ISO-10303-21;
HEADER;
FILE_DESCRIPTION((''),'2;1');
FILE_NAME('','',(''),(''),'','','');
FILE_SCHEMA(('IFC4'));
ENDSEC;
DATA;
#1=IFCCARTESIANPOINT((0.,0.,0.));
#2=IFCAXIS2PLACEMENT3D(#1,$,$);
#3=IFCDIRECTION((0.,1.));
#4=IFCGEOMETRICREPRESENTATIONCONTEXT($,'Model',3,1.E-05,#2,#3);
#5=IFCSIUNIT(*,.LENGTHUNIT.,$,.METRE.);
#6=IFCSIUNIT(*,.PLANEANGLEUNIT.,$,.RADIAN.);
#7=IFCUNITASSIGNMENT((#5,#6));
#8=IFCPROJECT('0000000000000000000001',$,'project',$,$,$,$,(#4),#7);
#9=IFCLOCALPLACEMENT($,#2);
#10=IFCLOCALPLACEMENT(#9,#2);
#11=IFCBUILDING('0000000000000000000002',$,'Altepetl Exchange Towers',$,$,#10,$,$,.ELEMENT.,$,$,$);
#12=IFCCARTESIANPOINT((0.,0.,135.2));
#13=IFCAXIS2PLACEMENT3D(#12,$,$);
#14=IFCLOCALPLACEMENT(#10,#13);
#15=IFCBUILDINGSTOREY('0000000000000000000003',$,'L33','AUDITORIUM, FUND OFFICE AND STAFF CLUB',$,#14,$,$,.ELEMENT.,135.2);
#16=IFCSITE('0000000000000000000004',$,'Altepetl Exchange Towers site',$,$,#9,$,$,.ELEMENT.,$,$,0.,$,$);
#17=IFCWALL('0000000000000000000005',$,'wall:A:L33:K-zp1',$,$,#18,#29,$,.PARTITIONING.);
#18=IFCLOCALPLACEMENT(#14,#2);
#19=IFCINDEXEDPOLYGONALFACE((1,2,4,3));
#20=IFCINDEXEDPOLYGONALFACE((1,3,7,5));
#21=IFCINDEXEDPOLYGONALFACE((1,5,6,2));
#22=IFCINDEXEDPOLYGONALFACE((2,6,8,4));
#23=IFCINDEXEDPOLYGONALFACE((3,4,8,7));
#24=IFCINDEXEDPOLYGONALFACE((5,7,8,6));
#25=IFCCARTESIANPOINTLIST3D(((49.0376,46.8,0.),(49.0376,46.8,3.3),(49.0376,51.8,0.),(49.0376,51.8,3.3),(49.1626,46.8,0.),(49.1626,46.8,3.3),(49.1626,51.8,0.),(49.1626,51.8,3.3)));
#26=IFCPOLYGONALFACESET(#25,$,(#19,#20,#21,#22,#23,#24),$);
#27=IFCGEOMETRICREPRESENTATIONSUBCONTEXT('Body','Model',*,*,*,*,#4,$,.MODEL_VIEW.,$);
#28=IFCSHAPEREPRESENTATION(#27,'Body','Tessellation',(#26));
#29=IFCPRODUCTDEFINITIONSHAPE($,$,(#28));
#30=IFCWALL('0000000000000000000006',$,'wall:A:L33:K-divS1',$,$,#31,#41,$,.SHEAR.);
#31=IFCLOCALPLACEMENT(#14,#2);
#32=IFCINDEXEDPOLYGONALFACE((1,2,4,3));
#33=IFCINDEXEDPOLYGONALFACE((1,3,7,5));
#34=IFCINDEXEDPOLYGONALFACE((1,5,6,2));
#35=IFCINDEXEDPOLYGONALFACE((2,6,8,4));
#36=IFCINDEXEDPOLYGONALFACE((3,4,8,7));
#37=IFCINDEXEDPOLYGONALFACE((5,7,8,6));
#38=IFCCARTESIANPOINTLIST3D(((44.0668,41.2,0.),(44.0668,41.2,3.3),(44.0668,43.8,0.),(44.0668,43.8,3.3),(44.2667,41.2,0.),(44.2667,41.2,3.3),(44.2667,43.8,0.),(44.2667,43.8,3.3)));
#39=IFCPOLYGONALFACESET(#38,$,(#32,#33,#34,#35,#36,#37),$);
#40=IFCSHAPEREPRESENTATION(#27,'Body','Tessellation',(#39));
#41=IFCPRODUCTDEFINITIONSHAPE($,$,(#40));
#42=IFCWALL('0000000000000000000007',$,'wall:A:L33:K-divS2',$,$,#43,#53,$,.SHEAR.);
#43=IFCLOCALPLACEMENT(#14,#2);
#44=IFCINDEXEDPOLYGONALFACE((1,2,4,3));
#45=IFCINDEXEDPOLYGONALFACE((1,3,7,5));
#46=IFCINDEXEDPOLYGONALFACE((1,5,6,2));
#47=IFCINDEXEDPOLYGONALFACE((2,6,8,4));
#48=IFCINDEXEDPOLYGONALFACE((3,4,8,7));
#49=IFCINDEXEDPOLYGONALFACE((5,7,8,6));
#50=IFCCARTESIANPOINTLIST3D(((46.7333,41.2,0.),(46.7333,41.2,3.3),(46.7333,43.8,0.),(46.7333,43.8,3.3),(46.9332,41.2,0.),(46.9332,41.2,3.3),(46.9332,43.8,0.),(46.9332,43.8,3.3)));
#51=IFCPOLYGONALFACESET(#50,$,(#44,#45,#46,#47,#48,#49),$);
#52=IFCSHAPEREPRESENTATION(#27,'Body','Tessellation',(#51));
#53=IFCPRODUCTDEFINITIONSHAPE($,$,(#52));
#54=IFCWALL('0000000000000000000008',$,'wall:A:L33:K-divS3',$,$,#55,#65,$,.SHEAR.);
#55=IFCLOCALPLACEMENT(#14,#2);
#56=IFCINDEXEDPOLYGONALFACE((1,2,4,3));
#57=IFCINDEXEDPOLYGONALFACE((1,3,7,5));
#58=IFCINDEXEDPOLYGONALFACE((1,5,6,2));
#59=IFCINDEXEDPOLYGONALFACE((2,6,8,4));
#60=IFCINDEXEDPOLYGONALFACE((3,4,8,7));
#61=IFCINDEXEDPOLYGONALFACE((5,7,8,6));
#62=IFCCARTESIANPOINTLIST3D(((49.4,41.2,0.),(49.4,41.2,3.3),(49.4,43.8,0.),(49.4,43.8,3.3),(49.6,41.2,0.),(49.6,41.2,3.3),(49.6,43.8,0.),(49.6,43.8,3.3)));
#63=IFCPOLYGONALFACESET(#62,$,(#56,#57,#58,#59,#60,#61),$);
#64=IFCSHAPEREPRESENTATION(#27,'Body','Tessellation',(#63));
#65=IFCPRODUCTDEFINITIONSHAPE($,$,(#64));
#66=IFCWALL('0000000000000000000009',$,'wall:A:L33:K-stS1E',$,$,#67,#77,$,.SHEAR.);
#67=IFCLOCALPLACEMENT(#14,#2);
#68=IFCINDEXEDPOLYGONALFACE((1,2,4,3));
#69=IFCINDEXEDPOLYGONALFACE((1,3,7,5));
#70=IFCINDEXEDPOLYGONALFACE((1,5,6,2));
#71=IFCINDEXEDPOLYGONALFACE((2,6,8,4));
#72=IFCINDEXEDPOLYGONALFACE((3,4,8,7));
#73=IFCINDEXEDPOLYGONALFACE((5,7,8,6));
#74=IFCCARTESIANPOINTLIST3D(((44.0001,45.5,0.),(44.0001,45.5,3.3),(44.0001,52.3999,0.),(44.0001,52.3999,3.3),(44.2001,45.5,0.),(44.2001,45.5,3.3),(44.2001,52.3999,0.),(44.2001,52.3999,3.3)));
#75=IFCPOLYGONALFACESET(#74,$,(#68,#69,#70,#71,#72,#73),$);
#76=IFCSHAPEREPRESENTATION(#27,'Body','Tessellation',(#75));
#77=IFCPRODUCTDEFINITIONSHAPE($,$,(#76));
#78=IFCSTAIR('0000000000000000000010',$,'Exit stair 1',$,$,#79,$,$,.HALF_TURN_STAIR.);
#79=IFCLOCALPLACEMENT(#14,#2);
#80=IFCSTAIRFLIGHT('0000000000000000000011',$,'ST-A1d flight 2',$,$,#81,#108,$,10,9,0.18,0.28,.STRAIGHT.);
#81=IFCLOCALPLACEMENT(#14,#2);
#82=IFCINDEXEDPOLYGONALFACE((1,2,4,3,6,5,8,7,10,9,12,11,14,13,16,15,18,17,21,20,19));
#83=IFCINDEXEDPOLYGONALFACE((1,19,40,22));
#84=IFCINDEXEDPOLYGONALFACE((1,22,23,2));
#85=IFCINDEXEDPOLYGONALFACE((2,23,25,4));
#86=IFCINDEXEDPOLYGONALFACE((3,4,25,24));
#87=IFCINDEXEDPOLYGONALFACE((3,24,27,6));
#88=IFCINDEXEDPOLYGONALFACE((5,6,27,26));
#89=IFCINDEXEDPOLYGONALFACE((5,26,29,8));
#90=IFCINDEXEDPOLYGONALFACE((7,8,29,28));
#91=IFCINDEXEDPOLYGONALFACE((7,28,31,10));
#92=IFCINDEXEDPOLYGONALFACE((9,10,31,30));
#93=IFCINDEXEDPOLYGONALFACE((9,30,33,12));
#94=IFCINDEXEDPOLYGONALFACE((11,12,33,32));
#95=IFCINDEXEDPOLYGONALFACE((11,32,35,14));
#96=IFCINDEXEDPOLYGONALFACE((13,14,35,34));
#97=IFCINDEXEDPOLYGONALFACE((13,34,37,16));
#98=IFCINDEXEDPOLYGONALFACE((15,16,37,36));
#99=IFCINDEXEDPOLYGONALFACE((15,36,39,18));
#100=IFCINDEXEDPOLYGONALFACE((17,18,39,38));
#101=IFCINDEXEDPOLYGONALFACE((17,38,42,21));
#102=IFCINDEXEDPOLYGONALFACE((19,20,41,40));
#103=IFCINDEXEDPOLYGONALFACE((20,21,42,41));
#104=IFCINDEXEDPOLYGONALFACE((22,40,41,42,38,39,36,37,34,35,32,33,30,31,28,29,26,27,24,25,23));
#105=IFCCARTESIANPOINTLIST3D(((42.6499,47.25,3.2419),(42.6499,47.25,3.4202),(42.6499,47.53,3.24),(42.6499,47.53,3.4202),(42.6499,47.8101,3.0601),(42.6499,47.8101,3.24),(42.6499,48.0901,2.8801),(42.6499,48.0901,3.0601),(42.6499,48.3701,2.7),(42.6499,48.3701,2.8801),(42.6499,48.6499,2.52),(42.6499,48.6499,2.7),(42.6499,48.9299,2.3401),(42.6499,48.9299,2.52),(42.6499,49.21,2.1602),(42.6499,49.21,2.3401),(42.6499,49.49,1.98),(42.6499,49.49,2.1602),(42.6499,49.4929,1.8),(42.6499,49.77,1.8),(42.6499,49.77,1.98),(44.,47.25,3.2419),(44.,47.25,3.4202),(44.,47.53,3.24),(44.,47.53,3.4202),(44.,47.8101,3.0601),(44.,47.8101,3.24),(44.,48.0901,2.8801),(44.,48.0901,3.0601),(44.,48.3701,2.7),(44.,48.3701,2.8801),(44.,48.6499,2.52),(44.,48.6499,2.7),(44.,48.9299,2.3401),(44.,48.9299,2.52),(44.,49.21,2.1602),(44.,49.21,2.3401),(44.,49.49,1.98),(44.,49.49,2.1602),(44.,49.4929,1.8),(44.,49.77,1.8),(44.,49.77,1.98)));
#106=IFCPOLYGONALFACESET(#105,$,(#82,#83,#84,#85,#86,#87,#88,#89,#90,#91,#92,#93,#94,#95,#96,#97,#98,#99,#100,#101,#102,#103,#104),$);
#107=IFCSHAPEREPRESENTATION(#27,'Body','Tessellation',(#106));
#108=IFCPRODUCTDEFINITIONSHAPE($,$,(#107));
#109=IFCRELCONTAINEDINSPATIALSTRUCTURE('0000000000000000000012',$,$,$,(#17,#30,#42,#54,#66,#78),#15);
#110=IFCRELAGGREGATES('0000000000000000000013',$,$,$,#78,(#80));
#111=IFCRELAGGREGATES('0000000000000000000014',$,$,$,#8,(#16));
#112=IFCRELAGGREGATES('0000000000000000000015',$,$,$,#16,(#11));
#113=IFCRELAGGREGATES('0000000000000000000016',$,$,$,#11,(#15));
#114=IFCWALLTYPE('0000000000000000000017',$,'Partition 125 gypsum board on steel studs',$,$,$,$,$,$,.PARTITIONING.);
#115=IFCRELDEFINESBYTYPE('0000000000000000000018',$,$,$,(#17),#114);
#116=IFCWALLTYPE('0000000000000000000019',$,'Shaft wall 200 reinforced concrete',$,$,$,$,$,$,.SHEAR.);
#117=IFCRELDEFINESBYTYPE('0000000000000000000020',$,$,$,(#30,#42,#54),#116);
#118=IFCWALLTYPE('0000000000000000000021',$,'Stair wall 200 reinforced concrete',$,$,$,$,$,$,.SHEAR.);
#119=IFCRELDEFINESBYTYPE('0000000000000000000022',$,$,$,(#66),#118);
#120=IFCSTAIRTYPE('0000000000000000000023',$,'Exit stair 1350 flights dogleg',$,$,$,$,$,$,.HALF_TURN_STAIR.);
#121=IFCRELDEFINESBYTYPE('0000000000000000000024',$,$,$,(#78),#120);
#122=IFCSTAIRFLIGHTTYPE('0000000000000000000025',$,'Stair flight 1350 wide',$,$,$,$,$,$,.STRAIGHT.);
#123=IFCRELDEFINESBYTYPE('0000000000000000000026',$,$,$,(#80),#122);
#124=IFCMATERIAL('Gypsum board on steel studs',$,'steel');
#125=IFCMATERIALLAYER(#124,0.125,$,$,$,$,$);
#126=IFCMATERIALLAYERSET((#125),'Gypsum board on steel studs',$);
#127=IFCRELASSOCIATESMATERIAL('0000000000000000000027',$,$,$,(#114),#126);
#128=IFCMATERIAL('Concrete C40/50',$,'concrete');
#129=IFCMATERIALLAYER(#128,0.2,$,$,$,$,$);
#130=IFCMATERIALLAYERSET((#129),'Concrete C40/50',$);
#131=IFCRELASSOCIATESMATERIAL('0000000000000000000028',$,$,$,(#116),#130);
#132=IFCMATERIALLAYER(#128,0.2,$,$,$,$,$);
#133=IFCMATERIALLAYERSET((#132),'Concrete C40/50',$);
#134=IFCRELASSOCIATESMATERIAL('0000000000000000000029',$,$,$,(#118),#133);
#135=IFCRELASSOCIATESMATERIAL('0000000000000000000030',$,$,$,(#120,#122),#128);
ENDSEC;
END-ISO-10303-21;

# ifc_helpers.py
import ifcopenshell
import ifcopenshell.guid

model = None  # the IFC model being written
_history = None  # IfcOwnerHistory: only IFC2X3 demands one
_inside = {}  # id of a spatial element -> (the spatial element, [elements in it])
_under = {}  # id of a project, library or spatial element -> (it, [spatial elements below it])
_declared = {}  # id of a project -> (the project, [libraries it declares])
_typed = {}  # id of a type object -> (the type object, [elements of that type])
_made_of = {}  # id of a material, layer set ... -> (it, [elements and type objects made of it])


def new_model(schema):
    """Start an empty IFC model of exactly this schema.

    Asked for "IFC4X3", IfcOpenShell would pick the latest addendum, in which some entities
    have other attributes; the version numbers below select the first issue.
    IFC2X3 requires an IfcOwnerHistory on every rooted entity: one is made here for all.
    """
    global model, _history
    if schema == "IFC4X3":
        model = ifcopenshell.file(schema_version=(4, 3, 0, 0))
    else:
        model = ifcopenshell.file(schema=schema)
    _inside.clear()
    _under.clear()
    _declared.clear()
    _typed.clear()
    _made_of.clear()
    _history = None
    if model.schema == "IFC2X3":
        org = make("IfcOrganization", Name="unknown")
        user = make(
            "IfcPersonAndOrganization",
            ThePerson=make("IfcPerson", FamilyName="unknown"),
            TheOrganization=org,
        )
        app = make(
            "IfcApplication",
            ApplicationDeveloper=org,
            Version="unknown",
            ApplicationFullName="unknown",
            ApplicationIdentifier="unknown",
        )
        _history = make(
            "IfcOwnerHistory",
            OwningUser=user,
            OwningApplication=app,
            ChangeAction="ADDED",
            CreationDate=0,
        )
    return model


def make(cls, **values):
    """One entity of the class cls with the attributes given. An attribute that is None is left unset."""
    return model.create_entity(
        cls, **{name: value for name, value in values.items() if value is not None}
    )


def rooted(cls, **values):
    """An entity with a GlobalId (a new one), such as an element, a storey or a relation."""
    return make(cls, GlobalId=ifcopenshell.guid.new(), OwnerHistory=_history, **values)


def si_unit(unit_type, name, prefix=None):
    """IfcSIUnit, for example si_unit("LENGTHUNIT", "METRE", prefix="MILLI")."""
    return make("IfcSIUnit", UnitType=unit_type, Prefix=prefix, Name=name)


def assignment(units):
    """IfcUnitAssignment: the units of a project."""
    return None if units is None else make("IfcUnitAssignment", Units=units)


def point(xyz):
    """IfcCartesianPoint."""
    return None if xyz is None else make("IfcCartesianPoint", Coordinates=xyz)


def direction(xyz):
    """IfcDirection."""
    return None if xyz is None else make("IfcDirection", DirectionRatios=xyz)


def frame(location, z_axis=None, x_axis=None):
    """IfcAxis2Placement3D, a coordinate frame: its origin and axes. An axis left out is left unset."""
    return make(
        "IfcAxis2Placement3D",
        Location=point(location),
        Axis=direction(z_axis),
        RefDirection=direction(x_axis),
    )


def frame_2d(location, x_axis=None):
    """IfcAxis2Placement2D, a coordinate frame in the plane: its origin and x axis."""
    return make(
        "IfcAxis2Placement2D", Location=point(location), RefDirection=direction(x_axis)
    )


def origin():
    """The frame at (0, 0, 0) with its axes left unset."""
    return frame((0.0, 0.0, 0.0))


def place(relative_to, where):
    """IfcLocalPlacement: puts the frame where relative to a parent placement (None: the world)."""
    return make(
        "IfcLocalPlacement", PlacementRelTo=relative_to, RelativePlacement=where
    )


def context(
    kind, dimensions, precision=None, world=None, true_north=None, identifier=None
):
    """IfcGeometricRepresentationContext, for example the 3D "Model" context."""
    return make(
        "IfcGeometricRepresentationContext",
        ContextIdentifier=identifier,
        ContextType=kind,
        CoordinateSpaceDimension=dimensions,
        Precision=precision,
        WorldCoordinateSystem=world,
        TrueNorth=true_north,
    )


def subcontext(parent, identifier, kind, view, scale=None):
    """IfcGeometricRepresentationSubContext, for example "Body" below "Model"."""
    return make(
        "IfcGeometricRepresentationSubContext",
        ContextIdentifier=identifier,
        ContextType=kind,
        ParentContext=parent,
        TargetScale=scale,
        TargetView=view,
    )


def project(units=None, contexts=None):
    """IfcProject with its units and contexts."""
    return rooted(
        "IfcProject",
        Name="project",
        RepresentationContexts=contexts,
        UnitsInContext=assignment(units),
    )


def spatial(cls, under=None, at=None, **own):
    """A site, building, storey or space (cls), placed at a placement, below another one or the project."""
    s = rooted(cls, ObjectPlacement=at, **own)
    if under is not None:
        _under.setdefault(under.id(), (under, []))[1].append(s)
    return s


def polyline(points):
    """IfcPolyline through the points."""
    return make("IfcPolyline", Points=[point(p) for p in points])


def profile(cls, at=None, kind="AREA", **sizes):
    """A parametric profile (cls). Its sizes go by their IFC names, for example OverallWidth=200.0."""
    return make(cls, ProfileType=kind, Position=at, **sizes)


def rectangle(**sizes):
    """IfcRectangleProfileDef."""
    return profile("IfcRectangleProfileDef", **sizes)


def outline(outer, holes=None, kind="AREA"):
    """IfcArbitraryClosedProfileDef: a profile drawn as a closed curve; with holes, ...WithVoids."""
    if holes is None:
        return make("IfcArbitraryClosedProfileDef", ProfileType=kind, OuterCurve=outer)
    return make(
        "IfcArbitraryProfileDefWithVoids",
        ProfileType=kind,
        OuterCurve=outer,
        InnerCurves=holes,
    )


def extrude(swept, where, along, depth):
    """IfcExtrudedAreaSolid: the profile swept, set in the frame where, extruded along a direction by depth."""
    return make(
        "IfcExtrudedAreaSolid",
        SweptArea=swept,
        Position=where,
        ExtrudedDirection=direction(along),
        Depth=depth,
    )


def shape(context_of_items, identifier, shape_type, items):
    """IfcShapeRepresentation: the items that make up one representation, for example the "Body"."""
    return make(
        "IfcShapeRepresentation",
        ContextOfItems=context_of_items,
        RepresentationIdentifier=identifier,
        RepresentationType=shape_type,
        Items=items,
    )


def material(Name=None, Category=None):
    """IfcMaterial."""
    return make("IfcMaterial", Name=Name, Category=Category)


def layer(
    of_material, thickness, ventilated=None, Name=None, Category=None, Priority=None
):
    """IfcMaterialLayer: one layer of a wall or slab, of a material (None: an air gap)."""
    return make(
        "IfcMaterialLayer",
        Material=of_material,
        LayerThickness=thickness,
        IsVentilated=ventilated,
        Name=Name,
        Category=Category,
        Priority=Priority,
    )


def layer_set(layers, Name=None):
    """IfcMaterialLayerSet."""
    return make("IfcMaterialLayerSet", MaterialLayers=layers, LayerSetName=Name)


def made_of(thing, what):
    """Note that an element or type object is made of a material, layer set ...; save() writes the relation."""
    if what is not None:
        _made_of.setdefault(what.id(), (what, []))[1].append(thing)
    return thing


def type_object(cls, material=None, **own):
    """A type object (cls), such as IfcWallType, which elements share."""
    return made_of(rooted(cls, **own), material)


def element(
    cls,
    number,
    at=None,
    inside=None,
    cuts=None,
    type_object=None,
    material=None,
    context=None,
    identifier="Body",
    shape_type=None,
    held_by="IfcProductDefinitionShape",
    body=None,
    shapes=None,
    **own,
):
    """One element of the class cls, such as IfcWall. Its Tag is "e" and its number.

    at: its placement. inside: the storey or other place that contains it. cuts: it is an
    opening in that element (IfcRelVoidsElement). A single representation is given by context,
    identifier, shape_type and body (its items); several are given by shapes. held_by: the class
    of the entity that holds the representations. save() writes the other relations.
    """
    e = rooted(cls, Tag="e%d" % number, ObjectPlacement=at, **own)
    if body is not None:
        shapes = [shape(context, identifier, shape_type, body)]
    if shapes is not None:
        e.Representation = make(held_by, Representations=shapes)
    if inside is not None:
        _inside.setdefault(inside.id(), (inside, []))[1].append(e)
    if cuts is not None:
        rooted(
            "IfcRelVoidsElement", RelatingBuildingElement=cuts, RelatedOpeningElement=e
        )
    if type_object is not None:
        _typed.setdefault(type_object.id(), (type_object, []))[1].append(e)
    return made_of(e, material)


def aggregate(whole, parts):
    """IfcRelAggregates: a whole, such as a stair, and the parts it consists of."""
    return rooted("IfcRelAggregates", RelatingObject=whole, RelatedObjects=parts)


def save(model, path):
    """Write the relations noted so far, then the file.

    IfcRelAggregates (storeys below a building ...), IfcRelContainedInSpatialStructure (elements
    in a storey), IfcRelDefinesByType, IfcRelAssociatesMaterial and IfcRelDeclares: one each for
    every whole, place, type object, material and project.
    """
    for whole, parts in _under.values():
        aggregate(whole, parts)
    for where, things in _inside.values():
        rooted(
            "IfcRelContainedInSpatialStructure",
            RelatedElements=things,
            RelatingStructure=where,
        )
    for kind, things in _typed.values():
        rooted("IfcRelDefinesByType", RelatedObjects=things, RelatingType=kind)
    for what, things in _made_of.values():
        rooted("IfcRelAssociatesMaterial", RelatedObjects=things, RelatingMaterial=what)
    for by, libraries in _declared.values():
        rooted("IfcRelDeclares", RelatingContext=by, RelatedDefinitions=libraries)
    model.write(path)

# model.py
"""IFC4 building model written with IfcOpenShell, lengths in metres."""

from ifc_helpers import new_model, si_unit, direction, frame, frame_2d, origin, place, context, subcontext, project, spatial, polyline, rectangle, outline, extrude, material, layer, layer_set, type_object, element, aggregate, save


model = new_model("IFC4")

# Units and contexts
model_context = context("Model", 3, precision=1e-05, world=origin(), true_north=direction((0.0, 1.0)))
body_context = subcontext(model_context, "Body", "Model", "MODEL_VIEW")
ifc_project = project(units=[si_unit("LENGTHUNIT", "METRE"), si_unit("PLANEANGLEUNIT", "RADIAN")], contexts=[model_context])

# Site, building, storey
site_placement = place(None, origin())
site = spatial("IfcSite", under=ifc_project, at=site_placement, Name="Altepetl Exchange Towers site", CompositionType="ELEMENT", RefElevation=0.0)
building_placement = place(site_placement, origin())
building = spatial("IfcBuilding", under=site, at=building_placement, Name="Altepetl Exchange Towers", CompositionType="ELEMENT")
storey_placement = place(building_placement, frame((0.0, 0.0, 135.2)))
storey = spatial("IfcBuildingStorey", under=building, at=storey_placement, Name="L33", Description="AUDITORIUM, FUND OFFICE AND STAFF CLUB", CompositionType="ELEMENT", Elevation=135.2)

# Walls
ifc_material_1 = material(Name="Gypsum board on steel studs", Category="steel")
ifc_layer_1 = layer(ifc_material_1, 0.125)
ifc_layer_set_1 = layer_set([ifc_layer_1], Name="Gypsum board on steel studs")
wall_type_1 = type_object("IfcWallType", Name="Partition 125 gypsum board on steel studs", PredefinedType="PARTITIONING", material=ifc_layer_set_1)
wall_1_placement = place(storey_placement, frame((49.1001, 46.8, 0.0), z_axis=(0.0, 0.0, 1.0), x_axis=(0.0, 1.0, 0.0)))
element("IfcWall", 1, at=wall_1_placement, inside=storey, type_object=wall_type_1, Name="wall:A:L33:K-zp1", PredefinedType="PARTITIONING", context=body_context, shape_type="SweptSolid", body=[
    extrude(rectangle(XDim=5.0, YDim=0.125, at=frame_2d((2.5, 0.0))), origin(), (0.0, 0.0, 1.0), 3.3),
])
ifc_material_2 = material(Name="Concrete C40/50", Category="concrete")
ifc_layer_2 = layer(ifc_material_2, 0.2)
ifc_layer_set_2 = layer_set([ifc_layer_2], Name="Concrete C40/50")
wall_type_2 = type_object("IfcWallType", Name="Shaft wall 200 reinforced concrete", PredefinedType="SHEAR", material=ifc_layer_set_2)
for number, where, z_axis, x_axis, name in (
    (2, (44.1667, 41.2, 0.0), (0.0, 0.0, 1.0), (0.0, 1.0, 0.0), "wall:A:L33:K-divS1"),
    (3, (46.8333, 41.2, 0.0), (0.0, 0.0, 1.0), (0.0, 1.0, 0.0), "wall:A:L33:K-divS2"),
    (4, (49.5, 41.2, 0.0), (0.0, 0.0, 1.0), (0.0, 1.0, 0.0), "wall:A:L33:K-divS3"),
):
    element("IfcWall", number, at=place(storey_placement, frame(where, z_axis=z_axis, x_axis=x_axis)), inside=storey, type_object=wall_type_2, Name=name, PredefinedType="SHEAR", context=body_context, shape_type="SweptSolid", body=[
        extrude(rectangle(XDim=2.6001, YDim=0.2, at=frame_2d((1.3, 0.0))), origin(), (0.0, 0.0, 1.0), 3.3),
    ])
ifc_layer_3 = layer(ifc_material_2, 0.2)
ifc_layer_set_3 = layer_set([ifc_layer_3], Name="Concrete C40/50")
wall_type_3 = type_object("IfcWallType", Name="Stair wall 200 reinforced concrete", PredefinedType="SHEAR", material=ifc_layer_set_3)
wall_2_placement = place(storey_placement, frame((44.1001, 45.5, 0.0), z_axis=(0.0, 0.0, 1.0), x_axis=(0.0, 1.0, 0.0)))
element("IfcWall", 5, at=wall_2_placement, inside=storey, type_object=wall_type_3, Name="wall:A:L33:K-stS1E", PredefinedType="SHEAR", context=body_context, shape_type="SweptSolid", body=[
    extrude(rectangle(XDim=6.8999, YDim=0.2, at=frame_2d((3.45, 0.0))), origin(), (0.0, 0.0, 1.0), 3.3),
])

# Stair, stair flight
stair_type = type_object("IfcStairType", Name="Exit stair 1350 flights dogleg", PredefinedType="HALF_TURN_STAIR", material=ifc_material_2)
stair_placement = place(storey_placement, origin())
stair = element("IfcStair", 6, at=stair_placement, inside=storey, type_object=stair_type, Name="Exit stair 1", PredefinedType="HALF_TURN_STAIR")
stair_flight_type = type_object("IfcStairFlightType", Name="Stair flight 1350 wide", PredefinedType="STRAIGHT", material=ifc_material_2)
stair_flight_placement = place(storey_placement, frame((43.325, 49.77, 1.8), z_axis=(0.0, 0.0, 1.0), x_axis=(0.0, -1.0, 0.0)))
stair_flight = element("IfcStairFlight", 7, at=stair_flight_placement, type_object=stair_flight_type, Name="ST-A1d flight 2", NumberOfRisers=10, NumberOfTreads=9, PredefinedType="STRAIGHT", RiserHeight=0.18, TreadLength=0.28, context=body_context, shape_type="SweptSolid", body=[
    extrude(outline(polyline([(0.0, 0.0), (0.0, 0.1799), (0.28, 0.1799), (0.28, 0.3601), (0.5601, 0.3601), (0.5601, 0.54), (0.8401, 0.54), (0.8401, 0.72), (1.1201, 0.72), (1.1201, 0.8999), (1.3999, 0.8999), (1.3999, 1.0801), (1.6799, 1.0801), (1.6799, 1.26), (1.96, 1.26), (1.96, 1.4399), (2.24, 1.4399), (2.24, 1.6201), (2.52, 1.6201), (2.52, 1.8), (2.52, 1.4419), (0.2771, 0.0), (0.0, 0.0)])), frame((0.0, 0.675, 0.0), z_axis=(0.0, -1.0, 0.0), x_axis=(1.0, 0.0, 0.0)), (0.0, 0.0, 1.0), 1.3501),
])
aggregate(stair, [stair_flight])

save(model, "model.ifc")
